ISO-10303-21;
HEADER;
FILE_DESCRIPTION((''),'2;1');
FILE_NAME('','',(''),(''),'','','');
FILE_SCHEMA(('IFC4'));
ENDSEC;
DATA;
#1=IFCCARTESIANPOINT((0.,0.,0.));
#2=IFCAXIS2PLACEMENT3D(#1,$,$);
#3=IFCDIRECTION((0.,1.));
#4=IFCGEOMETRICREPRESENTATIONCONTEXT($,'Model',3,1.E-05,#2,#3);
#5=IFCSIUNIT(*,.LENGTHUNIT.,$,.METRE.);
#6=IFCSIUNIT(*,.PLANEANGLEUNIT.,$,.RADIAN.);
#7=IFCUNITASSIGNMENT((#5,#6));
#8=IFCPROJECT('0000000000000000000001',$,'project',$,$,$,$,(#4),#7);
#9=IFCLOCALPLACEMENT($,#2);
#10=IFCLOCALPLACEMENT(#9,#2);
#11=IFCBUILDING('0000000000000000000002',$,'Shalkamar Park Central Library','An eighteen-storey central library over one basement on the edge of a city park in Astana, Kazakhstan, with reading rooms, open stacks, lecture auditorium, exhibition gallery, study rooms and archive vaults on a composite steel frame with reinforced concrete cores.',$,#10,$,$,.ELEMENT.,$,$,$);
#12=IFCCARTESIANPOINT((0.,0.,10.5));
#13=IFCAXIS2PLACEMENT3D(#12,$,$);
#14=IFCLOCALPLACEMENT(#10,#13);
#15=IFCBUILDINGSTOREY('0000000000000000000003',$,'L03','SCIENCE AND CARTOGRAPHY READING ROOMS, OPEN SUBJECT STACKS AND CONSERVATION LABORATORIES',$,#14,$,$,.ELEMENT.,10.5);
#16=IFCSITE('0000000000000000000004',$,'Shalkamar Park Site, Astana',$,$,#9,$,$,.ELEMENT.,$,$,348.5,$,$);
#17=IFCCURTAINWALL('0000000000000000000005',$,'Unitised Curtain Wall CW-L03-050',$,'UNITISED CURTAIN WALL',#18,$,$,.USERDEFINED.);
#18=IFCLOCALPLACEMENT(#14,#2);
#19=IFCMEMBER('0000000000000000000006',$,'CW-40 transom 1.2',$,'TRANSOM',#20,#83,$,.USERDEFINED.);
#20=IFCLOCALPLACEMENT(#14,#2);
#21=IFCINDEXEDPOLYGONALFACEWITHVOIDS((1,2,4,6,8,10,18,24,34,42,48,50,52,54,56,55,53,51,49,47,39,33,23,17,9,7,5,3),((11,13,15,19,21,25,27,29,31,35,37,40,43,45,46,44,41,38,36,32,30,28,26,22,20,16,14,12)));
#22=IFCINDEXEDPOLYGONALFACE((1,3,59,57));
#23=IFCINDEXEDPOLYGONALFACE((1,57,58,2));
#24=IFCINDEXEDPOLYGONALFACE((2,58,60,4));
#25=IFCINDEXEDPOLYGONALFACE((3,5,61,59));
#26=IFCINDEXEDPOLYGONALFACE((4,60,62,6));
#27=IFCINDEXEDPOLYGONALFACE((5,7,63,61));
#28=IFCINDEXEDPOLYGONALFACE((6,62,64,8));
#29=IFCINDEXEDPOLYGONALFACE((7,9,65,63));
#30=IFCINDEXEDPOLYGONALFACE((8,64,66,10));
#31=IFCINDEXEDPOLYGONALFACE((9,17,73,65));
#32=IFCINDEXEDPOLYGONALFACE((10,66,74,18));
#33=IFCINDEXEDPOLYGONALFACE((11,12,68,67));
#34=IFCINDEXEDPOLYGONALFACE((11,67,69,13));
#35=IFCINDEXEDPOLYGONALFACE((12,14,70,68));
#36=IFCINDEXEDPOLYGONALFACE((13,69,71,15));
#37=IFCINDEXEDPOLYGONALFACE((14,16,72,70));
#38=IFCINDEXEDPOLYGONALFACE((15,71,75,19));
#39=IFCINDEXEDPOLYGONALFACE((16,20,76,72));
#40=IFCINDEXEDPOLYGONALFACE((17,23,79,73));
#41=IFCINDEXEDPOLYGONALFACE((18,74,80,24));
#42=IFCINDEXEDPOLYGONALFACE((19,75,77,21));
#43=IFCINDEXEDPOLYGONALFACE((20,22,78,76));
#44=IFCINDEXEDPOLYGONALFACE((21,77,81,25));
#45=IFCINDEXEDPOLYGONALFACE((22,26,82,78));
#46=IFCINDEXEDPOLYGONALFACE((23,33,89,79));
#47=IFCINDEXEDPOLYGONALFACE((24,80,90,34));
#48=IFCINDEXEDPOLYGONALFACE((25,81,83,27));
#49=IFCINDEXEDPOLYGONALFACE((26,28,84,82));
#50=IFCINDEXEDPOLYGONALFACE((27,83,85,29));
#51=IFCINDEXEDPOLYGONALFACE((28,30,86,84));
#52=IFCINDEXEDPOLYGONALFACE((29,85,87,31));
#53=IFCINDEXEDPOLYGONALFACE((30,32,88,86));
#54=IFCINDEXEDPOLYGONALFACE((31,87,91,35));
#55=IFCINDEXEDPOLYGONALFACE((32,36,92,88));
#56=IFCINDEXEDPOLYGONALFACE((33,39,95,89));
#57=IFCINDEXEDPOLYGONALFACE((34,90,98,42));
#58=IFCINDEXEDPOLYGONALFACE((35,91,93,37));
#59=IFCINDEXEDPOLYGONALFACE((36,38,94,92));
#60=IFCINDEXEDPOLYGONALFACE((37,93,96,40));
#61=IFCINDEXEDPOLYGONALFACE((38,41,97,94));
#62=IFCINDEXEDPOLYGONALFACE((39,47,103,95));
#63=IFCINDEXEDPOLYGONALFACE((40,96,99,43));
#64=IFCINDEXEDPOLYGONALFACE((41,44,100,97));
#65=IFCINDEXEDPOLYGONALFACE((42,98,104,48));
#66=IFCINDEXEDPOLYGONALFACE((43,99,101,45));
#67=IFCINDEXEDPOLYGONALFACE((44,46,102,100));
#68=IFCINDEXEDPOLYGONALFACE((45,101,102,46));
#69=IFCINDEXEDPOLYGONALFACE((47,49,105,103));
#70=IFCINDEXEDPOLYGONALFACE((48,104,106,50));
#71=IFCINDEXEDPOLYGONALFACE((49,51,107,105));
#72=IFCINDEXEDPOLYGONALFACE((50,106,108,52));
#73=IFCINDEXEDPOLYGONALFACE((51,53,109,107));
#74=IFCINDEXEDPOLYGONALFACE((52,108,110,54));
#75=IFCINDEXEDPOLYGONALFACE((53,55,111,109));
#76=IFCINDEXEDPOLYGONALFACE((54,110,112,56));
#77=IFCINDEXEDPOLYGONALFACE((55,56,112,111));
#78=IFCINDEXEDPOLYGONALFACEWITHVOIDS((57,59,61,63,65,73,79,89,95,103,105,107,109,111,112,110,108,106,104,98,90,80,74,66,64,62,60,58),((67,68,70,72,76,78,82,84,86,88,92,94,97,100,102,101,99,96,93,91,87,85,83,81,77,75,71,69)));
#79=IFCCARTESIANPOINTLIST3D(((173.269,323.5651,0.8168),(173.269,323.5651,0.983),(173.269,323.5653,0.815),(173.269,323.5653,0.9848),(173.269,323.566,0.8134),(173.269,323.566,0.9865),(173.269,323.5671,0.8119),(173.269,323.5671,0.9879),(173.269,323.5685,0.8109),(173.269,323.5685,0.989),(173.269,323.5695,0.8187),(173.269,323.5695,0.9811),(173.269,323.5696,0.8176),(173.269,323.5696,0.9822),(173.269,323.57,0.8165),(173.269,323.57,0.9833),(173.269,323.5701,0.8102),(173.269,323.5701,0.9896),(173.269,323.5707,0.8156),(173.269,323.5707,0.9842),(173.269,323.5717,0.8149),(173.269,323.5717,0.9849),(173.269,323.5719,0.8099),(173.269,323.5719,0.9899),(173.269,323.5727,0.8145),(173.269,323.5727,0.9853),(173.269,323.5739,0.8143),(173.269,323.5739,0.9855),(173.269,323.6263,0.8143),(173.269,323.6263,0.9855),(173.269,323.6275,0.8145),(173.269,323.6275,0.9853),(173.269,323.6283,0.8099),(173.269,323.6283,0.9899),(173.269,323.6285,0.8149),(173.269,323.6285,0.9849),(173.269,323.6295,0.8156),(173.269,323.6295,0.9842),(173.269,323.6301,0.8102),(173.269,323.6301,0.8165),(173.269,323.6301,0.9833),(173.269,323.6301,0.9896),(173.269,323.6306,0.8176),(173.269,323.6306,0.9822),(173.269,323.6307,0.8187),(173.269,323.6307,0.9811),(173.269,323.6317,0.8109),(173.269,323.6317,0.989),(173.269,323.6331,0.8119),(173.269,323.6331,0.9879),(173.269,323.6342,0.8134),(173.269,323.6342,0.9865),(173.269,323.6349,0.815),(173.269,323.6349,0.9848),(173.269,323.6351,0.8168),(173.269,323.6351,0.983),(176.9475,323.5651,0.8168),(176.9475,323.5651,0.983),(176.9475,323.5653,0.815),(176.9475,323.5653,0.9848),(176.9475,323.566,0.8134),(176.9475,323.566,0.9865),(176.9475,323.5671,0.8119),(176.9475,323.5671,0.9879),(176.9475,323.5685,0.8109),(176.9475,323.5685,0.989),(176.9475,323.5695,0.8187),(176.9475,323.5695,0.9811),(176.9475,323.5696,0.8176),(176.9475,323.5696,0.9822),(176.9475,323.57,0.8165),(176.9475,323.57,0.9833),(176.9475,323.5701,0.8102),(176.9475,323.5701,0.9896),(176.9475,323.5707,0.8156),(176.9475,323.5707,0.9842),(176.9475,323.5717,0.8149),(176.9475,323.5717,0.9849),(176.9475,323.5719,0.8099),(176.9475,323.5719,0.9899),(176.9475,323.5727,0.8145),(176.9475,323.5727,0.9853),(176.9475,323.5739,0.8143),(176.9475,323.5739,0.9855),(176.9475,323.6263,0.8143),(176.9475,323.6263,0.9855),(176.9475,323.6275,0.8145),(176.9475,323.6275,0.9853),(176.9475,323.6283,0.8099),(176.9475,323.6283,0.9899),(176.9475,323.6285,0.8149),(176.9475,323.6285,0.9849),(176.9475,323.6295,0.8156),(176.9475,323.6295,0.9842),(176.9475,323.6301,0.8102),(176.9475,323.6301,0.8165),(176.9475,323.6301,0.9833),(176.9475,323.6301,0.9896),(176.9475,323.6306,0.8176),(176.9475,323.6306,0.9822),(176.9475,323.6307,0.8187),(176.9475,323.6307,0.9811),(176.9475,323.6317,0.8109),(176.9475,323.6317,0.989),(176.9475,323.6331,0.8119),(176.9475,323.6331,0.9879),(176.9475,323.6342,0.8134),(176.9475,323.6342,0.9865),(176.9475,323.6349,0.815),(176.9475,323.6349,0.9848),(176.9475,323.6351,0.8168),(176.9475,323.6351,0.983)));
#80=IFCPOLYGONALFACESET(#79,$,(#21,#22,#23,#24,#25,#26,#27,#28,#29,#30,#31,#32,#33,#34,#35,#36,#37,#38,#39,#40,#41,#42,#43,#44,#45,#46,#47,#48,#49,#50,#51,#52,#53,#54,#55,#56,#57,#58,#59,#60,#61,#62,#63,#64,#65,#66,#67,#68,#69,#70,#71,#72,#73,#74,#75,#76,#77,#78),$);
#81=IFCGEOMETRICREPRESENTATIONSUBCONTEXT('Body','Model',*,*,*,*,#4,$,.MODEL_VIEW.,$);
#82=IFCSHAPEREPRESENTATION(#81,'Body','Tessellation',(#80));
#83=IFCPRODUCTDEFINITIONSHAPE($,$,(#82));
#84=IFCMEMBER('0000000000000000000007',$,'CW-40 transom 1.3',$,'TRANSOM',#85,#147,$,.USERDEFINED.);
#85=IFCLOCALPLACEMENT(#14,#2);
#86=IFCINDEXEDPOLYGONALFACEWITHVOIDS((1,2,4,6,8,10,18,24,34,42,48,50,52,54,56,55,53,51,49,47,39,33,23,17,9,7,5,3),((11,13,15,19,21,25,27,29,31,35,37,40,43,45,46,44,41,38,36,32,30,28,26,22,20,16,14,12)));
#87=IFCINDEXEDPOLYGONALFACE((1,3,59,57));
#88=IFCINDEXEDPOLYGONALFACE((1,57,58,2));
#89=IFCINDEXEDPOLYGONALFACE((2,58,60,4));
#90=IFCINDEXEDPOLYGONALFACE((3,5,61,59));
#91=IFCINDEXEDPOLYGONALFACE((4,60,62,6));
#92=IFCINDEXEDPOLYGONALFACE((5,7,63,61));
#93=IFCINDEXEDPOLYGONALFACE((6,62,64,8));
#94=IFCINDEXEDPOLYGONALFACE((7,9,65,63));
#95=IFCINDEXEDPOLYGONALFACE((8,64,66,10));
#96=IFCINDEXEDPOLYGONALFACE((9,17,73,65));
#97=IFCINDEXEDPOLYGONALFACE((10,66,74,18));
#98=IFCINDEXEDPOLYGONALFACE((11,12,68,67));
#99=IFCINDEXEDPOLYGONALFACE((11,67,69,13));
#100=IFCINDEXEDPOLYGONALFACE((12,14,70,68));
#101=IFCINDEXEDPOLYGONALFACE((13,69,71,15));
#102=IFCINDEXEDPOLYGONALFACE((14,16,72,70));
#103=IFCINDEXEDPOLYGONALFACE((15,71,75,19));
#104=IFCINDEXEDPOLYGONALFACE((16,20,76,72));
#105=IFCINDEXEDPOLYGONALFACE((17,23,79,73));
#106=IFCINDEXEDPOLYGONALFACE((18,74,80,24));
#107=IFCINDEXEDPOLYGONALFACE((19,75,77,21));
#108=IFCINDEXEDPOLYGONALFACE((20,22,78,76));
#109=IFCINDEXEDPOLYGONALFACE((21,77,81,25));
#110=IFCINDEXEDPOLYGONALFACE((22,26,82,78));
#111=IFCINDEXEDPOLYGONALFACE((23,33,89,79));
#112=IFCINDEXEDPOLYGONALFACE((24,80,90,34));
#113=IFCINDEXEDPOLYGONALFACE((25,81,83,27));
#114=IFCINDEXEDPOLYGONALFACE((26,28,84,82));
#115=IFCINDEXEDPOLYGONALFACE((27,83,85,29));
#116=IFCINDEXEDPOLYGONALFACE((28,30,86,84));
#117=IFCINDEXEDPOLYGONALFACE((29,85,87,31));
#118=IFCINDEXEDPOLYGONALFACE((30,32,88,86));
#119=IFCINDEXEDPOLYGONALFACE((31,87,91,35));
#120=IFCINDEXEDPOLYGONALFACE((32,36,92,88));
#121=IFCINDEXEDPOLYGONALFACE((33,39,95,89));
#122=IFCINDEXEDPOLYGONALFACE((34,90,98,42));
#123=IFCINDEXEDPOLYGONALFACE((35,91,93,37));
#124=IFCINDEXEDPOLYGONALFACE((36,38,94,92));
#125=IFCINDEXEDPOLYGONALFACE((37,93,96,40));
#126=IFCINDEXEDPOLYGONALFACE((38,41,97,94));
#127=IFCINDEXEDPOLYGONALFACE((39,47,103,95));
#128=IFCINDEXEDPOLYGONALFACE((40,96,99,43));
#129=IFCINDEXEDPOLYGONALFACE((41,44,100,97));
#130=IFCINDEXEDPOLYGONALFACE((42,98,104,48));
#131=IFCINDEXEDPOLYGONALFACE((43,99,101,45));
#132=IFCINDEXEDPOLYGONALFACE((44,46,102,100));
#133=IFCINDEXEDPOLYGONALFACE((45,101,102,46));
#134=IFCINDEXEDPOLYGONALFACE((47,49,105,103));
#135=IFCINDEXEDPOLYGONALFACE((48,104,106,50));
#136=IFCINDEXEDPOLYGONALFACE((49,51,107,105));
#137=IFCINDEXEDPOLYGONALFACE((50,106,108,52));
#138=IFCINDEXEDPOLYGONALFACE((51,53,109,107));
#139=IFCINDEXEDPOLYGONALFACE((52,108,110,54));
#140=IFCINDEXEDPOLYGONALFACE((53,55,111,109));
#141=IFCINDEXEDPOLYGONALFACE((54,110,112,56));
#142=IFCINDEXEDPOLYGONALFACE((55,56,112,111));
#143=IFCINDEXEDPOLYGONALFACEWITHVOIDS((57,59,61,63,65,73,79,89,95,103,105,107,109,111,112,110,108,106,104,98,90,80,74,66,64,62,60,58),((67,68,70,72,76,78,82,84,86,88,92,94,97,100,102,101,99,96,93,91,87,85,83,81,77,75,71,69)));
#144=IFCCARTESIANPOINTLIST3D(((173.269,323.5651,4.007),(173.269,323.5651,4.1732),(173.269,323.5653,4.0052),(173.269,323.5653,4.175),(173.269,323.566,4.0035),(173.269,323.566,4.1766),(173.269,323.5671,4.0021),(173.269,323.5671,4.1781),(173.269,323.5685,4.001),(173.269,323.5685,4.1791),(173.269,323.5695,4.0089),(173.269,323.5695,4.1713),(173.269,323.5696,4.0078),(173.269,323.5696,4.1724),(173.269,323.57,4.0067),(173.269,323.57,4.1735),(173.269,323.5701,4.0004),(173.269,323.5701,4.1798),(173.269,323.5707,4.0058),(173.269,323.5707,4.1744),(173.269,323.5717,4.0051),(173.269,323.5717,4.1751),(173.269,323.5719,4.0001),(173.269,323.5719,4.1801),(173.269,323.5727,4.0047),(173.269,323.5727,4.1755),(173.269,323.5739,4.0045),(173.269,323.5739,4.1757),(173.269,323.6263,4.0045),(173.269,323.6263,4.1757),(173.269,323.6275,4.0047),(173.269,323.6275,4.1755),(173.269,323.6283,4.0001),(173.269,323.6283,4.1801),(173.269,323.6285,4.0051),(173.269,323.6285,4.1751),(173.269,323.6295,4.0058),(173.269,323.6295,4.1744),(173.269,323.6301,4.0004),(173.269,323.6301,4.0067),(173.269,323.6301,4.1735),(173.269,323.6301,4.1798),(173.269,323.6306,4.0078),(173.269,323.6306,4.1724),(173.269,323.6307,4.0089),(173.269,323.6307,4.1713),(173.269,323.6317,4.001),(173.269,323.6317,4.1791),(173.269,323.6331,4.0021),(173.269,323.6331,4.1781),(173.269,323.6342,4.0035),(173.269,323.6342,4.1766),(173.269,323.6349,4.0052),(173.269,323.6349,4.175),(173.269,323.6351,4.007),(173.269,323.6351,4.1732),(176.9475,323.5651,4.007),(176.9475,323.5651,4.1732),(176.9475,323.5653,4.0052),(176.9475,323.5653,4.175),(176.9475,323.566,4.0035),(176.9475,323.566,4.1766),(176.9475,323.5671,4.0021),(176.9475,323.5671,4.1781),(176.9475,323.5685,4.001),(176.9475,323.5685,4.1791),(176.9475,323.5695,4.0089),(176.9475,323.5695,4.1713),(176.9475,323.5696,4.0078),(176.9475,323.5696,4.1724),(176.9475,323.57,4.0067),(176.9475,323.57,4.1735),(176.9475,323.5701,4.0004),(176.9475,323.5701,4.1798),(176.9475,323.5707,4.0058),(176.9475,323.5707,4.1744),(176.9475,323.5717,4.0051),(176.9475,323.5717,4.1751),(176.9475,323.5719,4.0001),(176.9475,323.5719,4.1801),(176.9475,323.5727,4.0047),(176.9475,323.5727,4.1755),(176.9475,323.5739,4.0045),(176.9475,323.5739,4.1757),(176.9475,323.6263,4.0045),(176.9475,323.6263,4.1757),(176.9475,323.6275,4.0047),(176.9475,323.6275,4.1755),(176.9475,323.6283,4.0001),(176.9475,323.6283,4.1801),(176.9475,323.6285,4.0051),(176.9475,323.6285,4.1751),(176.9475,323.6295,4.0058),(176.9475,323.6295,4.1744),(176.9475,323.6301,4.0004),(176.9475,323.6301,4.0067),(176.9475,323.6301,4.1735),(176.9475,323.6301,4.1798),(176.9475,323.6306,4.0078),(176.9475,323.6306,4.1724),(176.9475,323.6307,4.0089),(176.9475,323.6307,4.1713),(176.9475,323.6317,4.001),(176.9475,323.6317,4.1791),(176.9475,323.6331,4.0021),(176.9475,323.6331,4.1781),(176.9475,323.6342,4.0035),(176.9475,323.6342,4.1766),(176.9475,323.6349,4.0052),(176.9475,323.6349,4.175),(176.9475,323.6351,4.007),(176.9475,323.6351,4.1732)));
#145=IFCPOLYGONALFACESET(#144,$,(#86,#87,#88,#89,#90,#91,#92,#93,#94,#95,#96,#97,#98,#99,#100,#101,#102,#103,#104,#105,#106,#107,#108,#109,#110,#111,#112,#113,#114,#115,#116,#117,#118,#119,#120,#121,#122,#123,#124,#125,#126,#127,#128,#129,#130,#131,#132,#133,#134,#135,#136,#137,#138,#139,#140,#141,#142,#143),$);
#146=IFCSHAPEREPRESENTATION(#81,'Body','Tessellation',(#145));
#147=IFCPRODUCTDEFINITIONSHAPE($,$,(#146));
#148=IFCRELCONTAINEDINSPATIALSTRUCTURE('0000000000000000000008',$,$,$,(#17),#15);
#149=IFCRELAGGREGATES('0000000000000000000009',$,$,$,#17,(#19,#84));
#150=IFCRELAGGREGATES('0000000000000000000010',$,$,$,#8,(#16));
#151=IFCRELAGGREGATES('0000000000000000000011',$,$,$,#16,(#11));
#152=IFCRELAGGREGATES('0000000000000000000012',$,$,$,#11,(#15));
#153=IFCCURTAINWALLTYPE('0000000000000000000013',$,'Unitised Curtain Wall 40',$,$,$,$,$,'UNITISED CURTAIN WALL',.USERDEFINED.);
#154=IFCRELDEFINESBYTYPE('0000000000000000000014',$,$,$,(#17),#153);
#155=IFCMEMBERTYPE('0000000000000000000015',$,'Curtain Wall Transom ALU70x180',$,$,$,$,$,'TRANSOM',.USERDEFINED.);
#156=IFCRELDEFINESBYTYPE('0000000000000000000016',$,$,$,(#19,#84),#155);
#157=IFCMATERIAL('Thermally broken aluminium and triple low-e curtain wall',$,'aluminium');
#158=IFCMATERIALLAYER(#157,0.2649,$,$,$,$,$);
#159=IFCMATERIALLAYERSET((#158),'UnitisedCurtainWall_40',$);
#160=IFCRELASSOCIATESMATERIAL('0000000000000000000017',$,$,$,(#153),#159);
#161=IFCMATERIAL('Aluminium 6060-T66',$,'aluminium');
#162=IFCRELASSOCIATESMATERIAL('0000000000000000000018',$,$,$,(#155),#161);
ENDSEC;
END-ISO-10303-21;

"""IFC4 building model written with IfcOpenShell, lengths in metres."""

from ifc_helpers import new_model, si_unit, direction, frame, origin, origin_2d, place, context, subcontext, project, spatial, hollow_rectangle, extrude, material, layer, layer_set, material_profile, profile_set, type_object, element, aggregate, save


model = new_model("IFC4")

# Units and contexts
model_context = context("Model", 3, precision=1e-05, world=origin(), true_north=direction((0.0, 1.0)))
body_context = subcontext(model_context, "Body", "Model", "MODEL_VIEW")
ifc_project = project(units=[si_unit("LENGTHUNIT", "METRE"), si_unit("PLANEANGLEUNIT", "RADIAN")], contexts=[model_context])

# Site, building, storey
site_placement = place(None, origin())
site = spatial("IfcSite", under=ifc_project, at=site_placement, Name="Shalkamar Park Site, Astana", CompositionType="ELEMENT", RefElevation=348.5)
building_placement = place(site_placement, origin())
building = spatial("IfcBuilding", under=site, at=building_placement, Name="Shalkamar Park Central Library", Description="An eighteen-storey central library over one basement on the edge of a city park in Astana, Kazakhstan, with reading rooms, open stacks, lecture auditorium, exhibition gallery, study rooms and archive vaults on a composite steel frame with reinforced concrete cores.", CompositionType="ELEMENT")
storey_placement = place(building_placement, frame((0.0, 0.0, 10.5)))
storey = spatial("IfcBuildingStorey", under=building, at=storey_placement, Name="L03", Description="SCIENCE AND CARTOGRAPHY READING ROOMS, OPEN SUBJECT STACKS AND CONSERVATION LABORATORIES", CompositionType="ELEMENT", Elevation=10.5)

# Shared definitions
ifc_material_1 = material(Name="Thermally broken aluminium and triple low-e curtain wall", Category="aluminium")
ifc_material_2 = material(Name="Aluminium 6060-T66", Category="aluminium")

# Curtain wall, members
ifc_layer_1 = layer(ifc_material_1, 0.2649)
ifc_layer_set_1 = layer_set([ifc_layer_1], Name="UnitisedCurtainWall_40")
curtain_wall_type_1 = type_object("IfcCurtainWallType", Name="Unitised Curtain Wall 40", ElementType="UNITISED CURTAIN WALL", PredefinedType="USERDEFINED", material=ifc_layer_set_1)
curtain_wall_1_placement = place(storey_placement, origin())
curtain_wall_1 = element("IfcCurtainWall", 1, at=curtain_wall_1_placement, inside=storey, type_object=curtain_wall_type_1, Name="Unitised Curtain Wall CW-L03-050", ObjectType="UNITISED CURTAIN WALL", PredefinedType="USERDEFINED")
ifc_material_profile_1 = material_profile(ifc_material_2, hollow_rectangle(XDim=0.0701, YDim=0.1799, WallThickness=0.0044, InnerFilletRadius=0.0044, OuterFilletRadius=0.0068, at=origin_2d()), Name="ALU 70x180x4.5")
ifc_profile_set_1 = profile_set([ifc_material_profile_1], Name="Aluminium 6060-T66")
member_type_1 = type_object("IfcMemberType", Name="Curtain Wall Transom ALU70x180", ElementType="TRANSOM", PredefinedType="USERDEFINED", material=ifc_profile_set_1)
member_1_placement = place(storey_placement, frame((173.269, 323.6001, 0.8999), z_axis=(1.0, 0.0, 0.0), x_axis=(0.0, 1.0, 0.0)))
member_1 = element("IfcMember", 2, at=member_1_placement, type_object=member_type_1, Name="CW-40 transom 1.2", ObjectType="TRANSOM", PredefinedType="USERDEFINED", context=body_context, shape_type="SweptSolid", body=[
    extrude(hollow_rectangle(XDim=0.0701, YDim=0.1799, WallThickness=0.0044, InnerFilletRadius=0.0044, OuterFilletRadius=0.0068, at=origin_2d()), origin(), (0.0, 0.0, 1.0), 3.6785),
])
member_2_placement = place(storey_placement, frame((173.269, 323.6001, 4.0901), z_axis=(1.0, 0.0, 0.0), x_axis=(0.0, 1.0, 0.0)))
member_2 = element("IfcMember", 3, at=member_2_placement, type_object=member_type_1, Name="CW-40 transom 1.3", ObjectType="TRANSOM", PredefinedType="USERDEFINED", context=body_context, shape_type="SweptSolid", body=[
    extrude(hollow_rectangle(XDim=0.0701, YDim=0.1799, WallThickness=0.0044, InnerFilletRadius=0.0044, OuterFilletRadius=0.0068, at=origin_2d()), origin(), (0.0, 0.0, 1.0), 3.6785),
])

aggregate(curtain_wall_1, [member_1, member_2])

save(model, "model.ifc")
